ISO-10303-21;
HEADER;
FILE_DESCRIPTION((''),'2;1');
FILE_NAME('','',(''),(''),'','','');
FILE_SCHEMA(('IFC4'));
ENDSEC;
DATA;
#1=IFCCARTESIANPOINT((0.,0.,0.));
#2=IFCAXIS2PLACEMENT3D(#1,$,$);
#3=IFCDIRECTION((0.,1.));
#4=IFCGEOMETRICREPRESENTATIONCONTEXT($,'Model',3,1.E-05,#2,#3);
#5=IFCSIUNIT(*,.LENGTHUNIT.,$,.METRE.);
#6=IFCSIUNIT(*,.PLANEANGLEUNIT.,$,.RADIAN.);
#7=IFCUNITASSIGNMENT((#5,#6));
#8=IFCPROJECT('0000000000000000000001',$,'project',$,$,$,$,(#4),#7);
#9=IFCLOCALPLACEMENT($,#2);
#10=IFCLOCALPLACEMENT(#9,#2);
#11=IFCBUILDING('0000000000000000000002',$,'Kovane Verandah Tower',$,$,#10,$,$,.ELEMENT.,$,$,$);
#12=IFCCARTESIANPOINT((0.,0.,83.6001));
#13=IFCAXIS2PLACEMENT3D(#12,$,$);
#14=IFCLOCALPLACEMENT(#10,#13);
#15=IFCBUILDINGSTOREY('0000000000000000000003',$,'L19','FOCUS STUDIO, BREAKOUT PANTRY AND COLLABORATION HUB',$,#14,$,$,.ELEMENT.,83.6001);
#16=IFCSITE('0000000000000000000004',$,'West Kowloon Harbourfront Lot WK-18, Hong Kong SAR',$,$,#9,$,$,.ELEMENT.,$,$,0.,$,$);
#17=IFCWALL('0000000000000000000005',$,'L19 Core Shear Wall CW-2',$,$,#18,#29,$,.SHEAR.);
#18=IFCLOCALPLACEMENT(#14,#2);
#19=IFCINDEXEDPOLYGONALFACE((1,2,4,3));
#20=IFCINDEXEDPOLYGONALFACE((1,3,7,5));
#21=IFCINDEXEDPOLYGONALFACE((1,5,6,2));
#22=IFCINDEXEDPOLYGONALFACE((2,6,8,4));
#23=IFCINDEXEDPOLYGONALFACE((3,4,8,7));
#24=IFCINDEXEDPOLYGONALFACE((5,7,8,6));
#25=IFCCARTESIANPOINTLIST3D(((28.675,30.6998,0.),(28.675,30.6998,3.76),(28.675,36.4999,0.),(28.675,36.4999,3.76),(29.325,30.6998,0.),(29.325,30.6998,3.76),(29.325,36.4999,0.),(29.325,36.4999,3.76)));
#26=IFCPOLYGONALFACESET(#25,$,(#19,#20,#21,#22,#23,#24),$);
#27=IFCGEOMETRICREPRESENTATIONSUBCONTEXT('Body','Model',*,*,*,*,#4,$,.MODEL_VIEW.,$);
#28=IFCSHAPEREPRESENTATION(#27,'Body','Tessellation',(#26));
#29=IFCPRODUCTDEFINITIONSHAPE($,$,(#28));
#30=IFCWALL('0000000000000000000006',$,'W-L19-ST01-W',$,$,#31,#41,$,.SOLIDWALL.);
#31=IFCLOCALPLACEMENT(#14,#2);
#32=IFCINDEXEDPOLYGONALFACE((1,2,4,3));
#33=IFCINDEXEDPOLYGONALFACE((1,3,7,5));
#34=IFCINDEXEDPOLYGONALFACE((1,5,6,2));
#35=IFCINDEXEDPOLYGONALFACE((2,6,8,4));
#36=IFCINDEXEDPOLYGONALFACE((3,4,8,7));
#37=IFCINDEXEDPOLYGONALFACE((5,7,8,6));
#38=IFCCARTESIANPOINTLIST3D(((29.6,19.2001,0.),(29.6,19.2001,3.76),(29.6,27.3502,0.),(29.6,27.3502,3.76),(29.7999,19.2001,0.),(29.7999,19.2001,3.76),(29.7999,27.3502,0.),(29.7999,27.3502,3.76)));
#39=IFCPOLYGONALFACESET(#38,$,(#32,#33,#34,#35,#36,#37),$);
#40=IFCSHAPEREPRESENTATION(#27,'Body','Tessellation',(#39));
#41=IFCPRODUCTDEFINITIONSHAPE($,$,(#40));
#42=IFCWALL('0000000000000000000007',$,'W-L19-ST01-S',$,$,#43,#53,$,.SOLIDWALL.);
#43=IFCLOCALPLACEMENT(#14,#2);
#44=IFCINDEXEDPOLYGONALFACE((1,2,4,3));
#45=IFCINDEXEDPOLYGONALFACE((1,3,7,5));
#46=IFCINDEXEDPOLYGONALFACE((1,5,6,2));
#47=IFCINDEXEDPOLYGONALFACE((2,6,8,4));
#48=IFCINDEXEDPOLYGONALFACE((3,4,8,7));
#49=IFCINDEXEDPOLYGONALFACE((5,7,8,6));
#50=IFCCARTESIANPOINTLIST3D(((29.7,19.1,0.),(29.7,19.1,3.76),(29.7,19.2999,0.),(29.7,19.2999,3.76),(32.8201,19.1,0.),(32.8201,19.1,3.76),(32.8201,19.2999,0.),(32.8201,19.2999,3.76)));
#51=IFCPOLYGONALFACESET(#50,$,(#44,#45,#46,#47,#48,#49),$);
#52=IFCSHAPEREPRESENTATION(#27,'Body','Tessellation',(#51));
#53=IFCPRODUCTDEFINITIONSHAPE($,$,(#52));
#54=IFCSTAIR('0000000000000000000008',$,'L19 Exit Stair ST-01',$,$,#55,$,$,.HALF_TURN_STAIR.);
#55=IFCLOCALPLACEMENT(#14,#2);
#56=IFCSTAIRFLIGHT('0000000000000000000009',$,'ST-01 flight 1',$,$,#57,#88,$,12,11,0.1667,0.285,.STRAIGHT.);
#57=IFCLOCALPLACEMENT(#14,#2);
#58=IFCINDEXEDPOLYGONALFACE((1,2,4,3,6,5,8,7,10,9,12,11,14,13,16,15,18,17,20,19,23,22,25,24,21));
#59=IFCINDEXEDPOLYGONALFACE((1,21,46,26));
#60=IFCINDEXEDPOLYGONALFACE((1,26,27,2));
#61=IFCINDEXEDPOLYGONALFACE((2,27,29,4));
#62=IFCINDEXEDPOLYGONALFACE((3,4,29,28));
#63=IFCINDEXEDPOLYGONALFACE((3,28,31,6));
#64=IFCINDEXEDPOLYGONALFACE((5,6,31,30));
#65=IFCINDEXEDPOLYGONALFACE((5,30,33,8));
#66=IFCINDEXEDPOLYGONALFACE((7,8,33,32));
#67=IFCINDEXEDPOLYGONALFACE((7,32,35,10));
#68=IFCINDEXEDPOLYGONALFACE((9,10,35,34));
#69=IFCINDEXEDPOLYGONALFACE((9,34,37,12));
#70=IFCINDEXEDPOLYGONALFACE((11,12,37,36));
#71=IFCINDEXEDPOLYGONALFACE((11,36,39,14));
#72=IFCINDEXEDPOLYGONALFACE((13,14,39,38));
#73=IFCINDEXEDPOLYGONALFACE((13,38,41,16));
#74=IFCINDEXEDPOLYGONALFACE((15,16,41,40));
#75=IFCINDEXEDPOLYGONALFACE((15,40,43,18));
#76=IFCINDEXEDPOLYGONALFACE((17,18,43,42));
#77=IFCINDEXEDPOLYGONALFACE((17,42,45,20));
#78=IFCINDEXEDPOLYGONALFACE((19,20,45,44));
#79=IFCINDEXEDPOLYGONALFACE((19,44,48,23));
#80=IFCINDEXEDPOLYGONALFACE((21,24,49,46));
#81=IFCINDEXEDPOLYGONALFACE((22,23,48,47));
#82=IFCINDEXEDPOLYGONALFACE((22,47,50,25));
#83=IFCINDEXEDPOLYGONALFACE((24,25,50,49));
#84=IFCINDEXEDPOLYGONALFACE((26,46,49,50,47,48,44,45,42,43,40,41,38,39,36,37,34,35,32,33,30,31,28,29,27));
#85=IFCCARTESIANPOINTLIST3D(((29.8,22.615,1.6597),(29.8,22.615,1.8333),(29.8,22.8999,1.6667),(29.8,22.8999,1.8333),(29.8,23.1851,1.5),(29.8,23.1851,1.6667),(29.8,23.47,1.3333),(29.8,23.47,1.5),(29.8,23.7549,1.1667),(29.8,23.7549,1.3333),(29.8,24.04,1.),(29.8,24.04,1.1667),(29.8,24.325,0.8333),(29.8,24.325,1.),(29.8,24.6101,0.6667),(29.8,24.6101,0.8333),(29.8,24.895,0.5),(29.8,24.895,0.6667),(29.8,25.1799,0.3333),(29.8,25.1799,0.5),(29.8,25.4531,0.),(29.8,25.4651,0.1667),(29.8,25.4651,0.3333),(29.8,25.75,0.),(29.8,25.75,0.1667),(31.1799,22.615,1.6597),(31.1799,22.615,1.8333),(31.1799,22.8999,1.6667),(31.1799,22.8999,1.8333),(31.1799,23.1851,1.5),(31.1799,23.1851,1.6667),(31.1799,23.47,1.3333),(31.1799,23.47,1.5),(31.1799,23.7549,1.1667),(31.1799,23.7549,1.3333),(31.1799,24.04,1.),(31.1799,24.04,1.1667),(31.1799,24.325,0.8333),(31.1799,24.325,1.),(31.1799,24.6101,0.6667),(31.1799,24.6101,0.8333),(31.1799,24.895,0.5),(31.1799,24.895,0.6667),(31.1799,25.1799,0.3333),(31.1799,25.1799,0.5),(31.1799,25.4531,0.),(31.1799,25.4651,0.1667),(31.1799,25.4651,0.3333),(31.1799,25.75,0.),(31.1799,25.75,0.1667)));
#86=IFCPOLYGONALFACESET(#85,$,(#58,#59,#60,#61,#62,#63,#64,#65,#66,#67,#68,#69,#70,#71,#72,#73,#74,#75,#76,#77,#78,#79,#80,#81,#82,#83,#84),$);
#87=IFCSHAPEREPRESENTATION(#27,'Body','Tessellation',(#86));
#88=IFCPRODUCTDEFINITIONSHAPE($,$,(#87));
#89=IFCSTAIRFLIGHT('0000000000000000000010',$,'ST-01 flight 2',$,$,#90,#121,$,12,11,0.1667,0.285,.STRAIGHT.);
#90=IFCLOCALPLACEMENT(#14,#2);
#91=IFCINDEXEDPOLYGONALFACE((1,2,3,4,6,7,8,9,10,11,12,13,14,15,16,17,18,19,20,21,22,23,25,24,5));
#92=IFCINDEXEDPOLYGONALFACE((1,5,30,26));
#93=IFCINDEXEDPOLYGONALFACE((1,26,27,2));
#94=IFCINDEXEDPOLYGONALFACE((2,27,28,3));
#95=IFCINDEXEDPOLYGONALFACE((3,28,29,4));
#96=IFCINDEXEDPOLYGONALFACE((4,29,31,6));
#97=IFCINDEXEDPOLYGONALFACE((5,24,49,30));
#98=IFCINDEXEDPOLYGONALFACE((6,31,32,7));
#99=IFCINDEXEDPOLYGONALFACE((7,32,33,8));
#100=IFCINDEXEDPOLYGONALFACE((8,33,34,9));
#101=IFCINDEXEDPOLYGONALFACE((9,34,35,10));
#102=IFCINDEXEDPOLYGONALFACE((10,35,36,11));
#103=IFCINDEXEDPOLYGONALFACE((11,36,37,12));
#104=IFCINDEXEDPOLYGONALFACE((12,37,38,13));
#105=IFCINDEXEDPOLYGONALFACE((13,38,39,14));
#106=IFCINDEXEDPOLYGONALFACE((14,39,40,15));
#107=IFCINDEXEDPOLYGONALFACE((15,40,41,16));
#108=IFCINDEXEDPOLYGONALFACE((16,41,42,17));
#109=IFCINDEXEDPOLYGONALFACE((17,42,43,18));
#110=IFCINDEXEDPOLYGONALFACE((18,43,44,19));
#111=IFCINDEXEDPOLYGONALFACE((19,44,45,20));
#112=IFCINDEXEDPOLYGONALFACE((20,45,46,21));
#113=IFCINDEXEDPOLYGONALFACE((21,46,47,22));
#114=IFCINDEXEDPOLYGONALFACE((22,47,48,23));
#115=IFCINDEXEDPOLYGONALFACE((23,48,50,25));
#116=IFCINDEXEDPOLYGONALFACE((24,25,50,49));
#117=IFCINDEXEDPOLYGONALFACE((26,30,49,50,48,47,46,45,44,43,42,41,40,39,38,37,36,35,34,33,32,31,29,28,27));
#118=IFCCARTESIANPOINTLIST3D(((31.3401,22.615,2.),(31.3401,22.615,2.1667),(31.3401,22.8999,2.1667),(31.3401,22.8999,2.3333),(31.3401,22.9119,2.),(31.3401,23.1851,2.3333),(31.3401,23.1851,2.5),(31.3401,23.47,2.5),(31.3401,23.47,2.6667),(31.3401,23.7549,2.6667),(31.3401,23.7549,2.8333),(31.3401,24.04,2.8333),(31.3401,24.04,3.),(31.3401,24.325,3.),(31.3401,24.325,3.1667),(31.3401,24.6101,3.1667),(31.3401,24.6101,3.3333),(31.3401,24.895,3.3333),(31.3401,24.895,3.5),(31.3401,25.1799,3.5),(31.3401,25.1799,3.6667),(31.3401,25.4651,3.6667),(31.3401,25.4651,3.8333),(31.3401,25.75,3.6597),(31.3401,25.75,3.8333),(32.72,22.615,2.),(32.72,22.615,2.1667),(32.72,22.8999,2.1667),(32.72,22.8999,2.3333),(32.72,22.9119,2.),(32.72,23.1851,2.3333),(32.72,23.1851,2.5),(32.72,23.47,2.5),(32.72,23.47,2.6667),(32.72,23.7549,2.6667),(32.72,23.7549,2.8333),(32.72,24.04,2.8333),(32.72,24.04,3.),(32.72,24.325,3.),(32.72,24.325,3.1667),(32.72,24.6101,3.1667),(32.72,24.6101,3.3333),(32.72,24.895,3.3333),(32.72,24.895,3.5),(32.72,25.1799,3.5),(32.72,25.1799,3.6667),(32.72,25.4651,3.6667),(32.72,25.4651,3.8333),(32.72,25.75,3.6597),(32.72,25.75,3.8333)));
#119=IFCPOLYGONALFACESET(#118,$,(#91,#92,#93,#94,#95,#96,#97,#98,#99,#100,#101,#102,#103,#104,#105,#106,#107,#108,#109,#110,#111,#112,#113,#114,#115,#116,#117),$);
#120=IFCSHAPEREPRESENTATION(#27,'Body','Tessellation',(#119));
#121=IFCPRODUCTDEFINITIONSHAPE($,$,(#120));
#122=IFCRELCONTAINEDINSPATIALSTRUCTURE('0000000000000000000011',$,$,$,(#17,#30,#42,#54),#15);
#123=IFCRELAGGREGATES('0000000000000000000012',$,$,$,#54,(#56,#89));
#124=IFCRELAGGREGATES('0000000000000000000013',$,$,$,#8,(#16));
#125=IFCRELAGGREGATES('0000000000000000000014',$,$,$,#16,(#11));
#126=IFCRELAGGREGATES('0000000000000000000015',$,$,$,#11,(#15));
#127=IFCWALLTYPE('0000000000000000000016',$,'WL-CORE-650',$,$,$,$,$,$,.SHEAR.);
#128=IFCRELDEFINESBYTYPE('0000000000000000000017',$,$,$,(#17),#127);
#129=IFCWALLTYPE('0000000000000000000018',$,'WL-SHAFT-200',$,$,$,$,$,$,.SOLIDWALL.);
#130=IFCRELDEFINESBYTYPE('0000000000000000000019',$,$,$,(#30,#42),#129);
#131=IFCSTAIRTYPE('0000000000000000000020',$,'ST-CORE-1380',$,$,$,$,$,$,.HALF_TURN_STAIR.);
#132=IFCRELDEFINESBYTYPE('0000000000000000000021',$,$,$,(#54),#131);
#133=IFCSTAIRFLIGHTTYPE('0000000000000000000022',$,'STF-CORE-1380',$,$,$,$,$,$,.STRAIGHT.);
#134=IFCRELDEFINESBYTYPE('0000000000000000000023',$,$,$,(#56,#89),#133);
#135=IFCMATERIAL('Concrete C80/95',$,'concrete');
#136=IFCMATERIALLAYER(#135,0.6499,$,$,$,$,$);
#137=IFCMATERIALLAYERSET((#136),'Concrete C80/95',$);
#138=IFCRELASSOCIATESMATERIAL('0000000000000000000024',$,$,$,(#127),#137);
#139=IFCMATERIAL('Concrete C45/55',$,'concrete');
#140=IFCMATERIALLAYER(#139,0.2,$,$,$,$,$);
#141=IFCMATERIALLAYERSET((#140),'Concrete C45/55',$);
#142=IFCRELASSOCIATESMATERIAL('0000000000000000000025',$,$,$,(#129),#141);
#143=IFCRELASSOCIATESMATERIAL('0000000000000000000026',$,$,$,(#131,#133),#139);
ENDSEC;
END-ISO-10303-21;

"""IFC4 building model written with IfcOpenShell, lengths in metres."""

from ifc_helpers import new_model, si_unit, direction, frame, frame_2d, origin, place, context, subcontext, project, spatial, polyline, rectangle, outline, extrude, material, layer, layer_set, type_object, element, aggregate, save


model = new_model("IFC4")

# Units and contexts
model_context = context("Model", 3, precision=1e-05, world=origin(), true_north=direction((0.0, 1.0)))
body_context = subcontext(model_context, "Body", "Model", "MODEL_VIEW")
ifc_project = project(units=[si_unit("LENGTHUNIT", "METRE"), si_unit("PLANEANGLEUNIT", "RADIAN")], contexts=[model_context])

# Site, building, storey
site_placement = place(None, origin())
site = spatial("IfcSite", under=ifc_project, at=site_placement, Name="West Kowloon Harbourfront Lot WK-18, Hong Kong SAR", CompositionType="ELEMENT", RefElevation=0.0)
building_placement = place(site_placement, origin())
building = spatial("IfcBuilding", under=site, at=building_placement, Name="Kovane Verandah Tower", CompositionType="ELEMENT")
storey_placement = place(building_placement, frame((0.0, 0.0, 83.6001)))
storey = spatial("IfcBuildingStorey", under=building, at=storey_placement, Name="L19", Description="FOCUS STUDIO, BREAKOUT PANTRY AND COLLABORATION HUB", CompositionType="ELEMENT", Elevation=83.6001)

# Shared definitions
ifc_material_1 = material(Name="Concrete C80/95", Category="concrete")

# Wall
ifc_layer_1 = layer(ifc_material_1, 0.6499)
ifc_layer_set_1 = layer_set([ifc_layer_1], Name="Concrete C80/95")
wall_type_1 = type_object("IfcWallType", Name="WL-CORE-650", PredefinedType="SHEAR", material=ifc_layer_set_1)
wall_1_placement = place(storey_placement, frame((29.0, 30.7, 0.0), z_axis=(0.0, 0.0, 1.0), x_axis=(0.0, 1.0, 0.0)))
element("IfcWall", 1, at=wall_1_placement, inside=storey, type_object=wall_type_1, Name="L19 Core Shear Wall CW-2", PredefinedType="SHEAR", context=body_context, shape_type="SweptSolid", body=[
    extrude(rectangle(XDim=5.8, YDim=0.6499, at=frame_2d((2.8999, 0.0))), origin(), (0.0, 0.0, 1.0), 3.76),
])

# Walls
ifc_material_2 = material(Name="Concrete C45/55", Category="concrete")
ifc_layer_2 = layer(ifc_material_2, 0.2)
ifc_layer_set_2 = layer_set([ifc_layer_2], Name="Concrete C45/55")
wall_type_2 = type_object("IfcWallType", Name="WL-SHAFT-200", PredefinedType="SOLIDWALL", material=ifc_layer_set_2)
wall_2_placement = place(storey_placement, frame((29.7, 19.2, 0.0), z_axis=(0.0, 0.0, 1.0), x_axis=(0.0, 1.0, 0.0)))
element("IfcWall", 2, at=wall_2_placement, inside=storey, type_object=wall_type_2, Name="W-L19-ST01-W", PredefinedType="SOLIDWALL", context=body_context, shape_type="SweptSolid", body=[
    extrude(rectangle(XDim=8.1501, YDim=0.2, at=frame_2d((4.0752, 0.0))), origin(), (0.0, 0.0, 1.0), 3.76),
])
wall_3_placement = place(storey_placement, frame((29.7, 19.2, 0.0), z_axis=(0.0, 0.0, 1.0), x_axis=(1.0, 0.0, 0.0)))
element("IfcWall", 3, at=wall_3_placement, inside=storey, type_object=wall_type_2, Name="W-L19-ST01-S", PredefinedType="SOLIDWALL", context=body_context, shape_type="SweptSolid", body=[
    extrude(rectangle(XDim=3.1201, YDim=0.2, at=frame_2d((1.5601, 0.0))), origin(), (0.0, 0.0, 1.0), 3.76),
])

# Stair, stair flights
stair_type = type_object("IfcStairType", Name="ST-CORE-1380", PredefinedType="HALF_TURN_STAIR", material=ifc_material_2)
stair_placement = place(storey_placement, origin())
stair = element("IfcStair", 4, at=stair_placement, inside=storey, type_object=stair_type, Name="L19 Exit Stair ST-01", PredefinedType="HALF_TURN_STAIR")
stair_flight_type = type_object("IfcStairFlightType", Name="STF-CORE-1380", PredefinedType="STRAIGHT", material=ifc_material_2)
stair_flight_1_placement = place(storey_placement, frame((30.49, 25.75, 0.0), z_axis=(0.0, 0.0, 1.0), x_axis=(0.0, -1.0, 0.0)))
stair_flight_1 = element("IfcStairFlight", 5, at=stair_flight_1_placement, type_object=stair_flight_type, Name="ST-01 flight 1", NumberOfRisers=12, NumberOfTreads=11, PredefinedType="STRAIGHT", RiserHeight=0.1667, TreadLength=0.285, context=body_context, shape_type="SweptSolid", body=[
    extrude(outline(polyline([(0.0, 0.0), (0.0, 0.1667), (0.2849, 0.1667), (0.2849, 0.3333), (0.5701, 0.3333), (0.5701, 0.5), (0.855, 0.5), (0.855, 0.6667), (1.1399, 0.6667), (1.1399, 0.8333), (1.425, 0.8333), (1.425, 1.0), (1.71, 1.0), (1.71, 1.1667), (1.9951, 1.1667), (1.9951, 1.3333), (2.28, 1.3333), (2.28, 1.5), (2.5649, 1.5), (2.5649, 1.6667), (2.8501, 1.6667), (2.8501, 1.8333), (3.135, 1.8333), (3.135, 2.0), (3.135, 1.6597), (0.2969, 0.0), (0.0, 0.0)])), frame((0.0, 0.6899, 0.0), z_axis=(0.0, -1.0, 0.0), x_axis=(1.0, 0.0, 0.0)), (0.0, 0.0, 1.0), 1.3799),
])
stair_flight_2_placement = place(storey_placement, frame((32.03, 22.615, 2.0), z_axis=(0.0, 0.0, 1.0), x_axis=(0.0, 1.0, 0.0)))
stair_flight_2 = element("IfcStairFlight", 6, at=stair_flight_2_placement, type_object=stair_flight_type, Name="ST-01 flight 2", NumberOfRisers=12, NumberOfTreads=11, PredefinedType="STRAIGHT", RiserHeight=0.1667, TreadLength=0.285, context=body_context, shape_type="SweptSolid", body=[
    extrude(outline(polyline([(0.0, 0.0), (0.0, 0.1667), (0.2849, 0.1667), (0.2849, 0.3333), (0.5701, 0.3333), (0.5701, 0.5), (0.855, 0.5), (0.855, 0.6667), (1.1399, 0.6667), (1.1399, 0.8333), (1.425, 0.8333), (1.425, 1.0), (1.71, 1.0), (1.71, 1.1667), (1.9951, 1.1667), (1.9951, 1.3333), (2.28, 1.3333), (2.28, 1.5), (2.5649, 1.5), (2.5649, 1.6667), (2.8501, 1.6667), (2.8501, 1.8333), (3.135, 1.8333), (3.135, 2.0), (3.135, 1.6597), (0.2969, 0.0), (0.0, 0.0)])), frame((0.0, 0.6899, 0.0), z_axis=(0.0, -1.0, 0.0), x_axis=(1.0, 0.0, 0.0)), (0.0, 0.0, 1.0), 1.3799),
])
aggregate(stair, [stair_flight_1, stair_flight_2])

save(model, "model.ifc")
